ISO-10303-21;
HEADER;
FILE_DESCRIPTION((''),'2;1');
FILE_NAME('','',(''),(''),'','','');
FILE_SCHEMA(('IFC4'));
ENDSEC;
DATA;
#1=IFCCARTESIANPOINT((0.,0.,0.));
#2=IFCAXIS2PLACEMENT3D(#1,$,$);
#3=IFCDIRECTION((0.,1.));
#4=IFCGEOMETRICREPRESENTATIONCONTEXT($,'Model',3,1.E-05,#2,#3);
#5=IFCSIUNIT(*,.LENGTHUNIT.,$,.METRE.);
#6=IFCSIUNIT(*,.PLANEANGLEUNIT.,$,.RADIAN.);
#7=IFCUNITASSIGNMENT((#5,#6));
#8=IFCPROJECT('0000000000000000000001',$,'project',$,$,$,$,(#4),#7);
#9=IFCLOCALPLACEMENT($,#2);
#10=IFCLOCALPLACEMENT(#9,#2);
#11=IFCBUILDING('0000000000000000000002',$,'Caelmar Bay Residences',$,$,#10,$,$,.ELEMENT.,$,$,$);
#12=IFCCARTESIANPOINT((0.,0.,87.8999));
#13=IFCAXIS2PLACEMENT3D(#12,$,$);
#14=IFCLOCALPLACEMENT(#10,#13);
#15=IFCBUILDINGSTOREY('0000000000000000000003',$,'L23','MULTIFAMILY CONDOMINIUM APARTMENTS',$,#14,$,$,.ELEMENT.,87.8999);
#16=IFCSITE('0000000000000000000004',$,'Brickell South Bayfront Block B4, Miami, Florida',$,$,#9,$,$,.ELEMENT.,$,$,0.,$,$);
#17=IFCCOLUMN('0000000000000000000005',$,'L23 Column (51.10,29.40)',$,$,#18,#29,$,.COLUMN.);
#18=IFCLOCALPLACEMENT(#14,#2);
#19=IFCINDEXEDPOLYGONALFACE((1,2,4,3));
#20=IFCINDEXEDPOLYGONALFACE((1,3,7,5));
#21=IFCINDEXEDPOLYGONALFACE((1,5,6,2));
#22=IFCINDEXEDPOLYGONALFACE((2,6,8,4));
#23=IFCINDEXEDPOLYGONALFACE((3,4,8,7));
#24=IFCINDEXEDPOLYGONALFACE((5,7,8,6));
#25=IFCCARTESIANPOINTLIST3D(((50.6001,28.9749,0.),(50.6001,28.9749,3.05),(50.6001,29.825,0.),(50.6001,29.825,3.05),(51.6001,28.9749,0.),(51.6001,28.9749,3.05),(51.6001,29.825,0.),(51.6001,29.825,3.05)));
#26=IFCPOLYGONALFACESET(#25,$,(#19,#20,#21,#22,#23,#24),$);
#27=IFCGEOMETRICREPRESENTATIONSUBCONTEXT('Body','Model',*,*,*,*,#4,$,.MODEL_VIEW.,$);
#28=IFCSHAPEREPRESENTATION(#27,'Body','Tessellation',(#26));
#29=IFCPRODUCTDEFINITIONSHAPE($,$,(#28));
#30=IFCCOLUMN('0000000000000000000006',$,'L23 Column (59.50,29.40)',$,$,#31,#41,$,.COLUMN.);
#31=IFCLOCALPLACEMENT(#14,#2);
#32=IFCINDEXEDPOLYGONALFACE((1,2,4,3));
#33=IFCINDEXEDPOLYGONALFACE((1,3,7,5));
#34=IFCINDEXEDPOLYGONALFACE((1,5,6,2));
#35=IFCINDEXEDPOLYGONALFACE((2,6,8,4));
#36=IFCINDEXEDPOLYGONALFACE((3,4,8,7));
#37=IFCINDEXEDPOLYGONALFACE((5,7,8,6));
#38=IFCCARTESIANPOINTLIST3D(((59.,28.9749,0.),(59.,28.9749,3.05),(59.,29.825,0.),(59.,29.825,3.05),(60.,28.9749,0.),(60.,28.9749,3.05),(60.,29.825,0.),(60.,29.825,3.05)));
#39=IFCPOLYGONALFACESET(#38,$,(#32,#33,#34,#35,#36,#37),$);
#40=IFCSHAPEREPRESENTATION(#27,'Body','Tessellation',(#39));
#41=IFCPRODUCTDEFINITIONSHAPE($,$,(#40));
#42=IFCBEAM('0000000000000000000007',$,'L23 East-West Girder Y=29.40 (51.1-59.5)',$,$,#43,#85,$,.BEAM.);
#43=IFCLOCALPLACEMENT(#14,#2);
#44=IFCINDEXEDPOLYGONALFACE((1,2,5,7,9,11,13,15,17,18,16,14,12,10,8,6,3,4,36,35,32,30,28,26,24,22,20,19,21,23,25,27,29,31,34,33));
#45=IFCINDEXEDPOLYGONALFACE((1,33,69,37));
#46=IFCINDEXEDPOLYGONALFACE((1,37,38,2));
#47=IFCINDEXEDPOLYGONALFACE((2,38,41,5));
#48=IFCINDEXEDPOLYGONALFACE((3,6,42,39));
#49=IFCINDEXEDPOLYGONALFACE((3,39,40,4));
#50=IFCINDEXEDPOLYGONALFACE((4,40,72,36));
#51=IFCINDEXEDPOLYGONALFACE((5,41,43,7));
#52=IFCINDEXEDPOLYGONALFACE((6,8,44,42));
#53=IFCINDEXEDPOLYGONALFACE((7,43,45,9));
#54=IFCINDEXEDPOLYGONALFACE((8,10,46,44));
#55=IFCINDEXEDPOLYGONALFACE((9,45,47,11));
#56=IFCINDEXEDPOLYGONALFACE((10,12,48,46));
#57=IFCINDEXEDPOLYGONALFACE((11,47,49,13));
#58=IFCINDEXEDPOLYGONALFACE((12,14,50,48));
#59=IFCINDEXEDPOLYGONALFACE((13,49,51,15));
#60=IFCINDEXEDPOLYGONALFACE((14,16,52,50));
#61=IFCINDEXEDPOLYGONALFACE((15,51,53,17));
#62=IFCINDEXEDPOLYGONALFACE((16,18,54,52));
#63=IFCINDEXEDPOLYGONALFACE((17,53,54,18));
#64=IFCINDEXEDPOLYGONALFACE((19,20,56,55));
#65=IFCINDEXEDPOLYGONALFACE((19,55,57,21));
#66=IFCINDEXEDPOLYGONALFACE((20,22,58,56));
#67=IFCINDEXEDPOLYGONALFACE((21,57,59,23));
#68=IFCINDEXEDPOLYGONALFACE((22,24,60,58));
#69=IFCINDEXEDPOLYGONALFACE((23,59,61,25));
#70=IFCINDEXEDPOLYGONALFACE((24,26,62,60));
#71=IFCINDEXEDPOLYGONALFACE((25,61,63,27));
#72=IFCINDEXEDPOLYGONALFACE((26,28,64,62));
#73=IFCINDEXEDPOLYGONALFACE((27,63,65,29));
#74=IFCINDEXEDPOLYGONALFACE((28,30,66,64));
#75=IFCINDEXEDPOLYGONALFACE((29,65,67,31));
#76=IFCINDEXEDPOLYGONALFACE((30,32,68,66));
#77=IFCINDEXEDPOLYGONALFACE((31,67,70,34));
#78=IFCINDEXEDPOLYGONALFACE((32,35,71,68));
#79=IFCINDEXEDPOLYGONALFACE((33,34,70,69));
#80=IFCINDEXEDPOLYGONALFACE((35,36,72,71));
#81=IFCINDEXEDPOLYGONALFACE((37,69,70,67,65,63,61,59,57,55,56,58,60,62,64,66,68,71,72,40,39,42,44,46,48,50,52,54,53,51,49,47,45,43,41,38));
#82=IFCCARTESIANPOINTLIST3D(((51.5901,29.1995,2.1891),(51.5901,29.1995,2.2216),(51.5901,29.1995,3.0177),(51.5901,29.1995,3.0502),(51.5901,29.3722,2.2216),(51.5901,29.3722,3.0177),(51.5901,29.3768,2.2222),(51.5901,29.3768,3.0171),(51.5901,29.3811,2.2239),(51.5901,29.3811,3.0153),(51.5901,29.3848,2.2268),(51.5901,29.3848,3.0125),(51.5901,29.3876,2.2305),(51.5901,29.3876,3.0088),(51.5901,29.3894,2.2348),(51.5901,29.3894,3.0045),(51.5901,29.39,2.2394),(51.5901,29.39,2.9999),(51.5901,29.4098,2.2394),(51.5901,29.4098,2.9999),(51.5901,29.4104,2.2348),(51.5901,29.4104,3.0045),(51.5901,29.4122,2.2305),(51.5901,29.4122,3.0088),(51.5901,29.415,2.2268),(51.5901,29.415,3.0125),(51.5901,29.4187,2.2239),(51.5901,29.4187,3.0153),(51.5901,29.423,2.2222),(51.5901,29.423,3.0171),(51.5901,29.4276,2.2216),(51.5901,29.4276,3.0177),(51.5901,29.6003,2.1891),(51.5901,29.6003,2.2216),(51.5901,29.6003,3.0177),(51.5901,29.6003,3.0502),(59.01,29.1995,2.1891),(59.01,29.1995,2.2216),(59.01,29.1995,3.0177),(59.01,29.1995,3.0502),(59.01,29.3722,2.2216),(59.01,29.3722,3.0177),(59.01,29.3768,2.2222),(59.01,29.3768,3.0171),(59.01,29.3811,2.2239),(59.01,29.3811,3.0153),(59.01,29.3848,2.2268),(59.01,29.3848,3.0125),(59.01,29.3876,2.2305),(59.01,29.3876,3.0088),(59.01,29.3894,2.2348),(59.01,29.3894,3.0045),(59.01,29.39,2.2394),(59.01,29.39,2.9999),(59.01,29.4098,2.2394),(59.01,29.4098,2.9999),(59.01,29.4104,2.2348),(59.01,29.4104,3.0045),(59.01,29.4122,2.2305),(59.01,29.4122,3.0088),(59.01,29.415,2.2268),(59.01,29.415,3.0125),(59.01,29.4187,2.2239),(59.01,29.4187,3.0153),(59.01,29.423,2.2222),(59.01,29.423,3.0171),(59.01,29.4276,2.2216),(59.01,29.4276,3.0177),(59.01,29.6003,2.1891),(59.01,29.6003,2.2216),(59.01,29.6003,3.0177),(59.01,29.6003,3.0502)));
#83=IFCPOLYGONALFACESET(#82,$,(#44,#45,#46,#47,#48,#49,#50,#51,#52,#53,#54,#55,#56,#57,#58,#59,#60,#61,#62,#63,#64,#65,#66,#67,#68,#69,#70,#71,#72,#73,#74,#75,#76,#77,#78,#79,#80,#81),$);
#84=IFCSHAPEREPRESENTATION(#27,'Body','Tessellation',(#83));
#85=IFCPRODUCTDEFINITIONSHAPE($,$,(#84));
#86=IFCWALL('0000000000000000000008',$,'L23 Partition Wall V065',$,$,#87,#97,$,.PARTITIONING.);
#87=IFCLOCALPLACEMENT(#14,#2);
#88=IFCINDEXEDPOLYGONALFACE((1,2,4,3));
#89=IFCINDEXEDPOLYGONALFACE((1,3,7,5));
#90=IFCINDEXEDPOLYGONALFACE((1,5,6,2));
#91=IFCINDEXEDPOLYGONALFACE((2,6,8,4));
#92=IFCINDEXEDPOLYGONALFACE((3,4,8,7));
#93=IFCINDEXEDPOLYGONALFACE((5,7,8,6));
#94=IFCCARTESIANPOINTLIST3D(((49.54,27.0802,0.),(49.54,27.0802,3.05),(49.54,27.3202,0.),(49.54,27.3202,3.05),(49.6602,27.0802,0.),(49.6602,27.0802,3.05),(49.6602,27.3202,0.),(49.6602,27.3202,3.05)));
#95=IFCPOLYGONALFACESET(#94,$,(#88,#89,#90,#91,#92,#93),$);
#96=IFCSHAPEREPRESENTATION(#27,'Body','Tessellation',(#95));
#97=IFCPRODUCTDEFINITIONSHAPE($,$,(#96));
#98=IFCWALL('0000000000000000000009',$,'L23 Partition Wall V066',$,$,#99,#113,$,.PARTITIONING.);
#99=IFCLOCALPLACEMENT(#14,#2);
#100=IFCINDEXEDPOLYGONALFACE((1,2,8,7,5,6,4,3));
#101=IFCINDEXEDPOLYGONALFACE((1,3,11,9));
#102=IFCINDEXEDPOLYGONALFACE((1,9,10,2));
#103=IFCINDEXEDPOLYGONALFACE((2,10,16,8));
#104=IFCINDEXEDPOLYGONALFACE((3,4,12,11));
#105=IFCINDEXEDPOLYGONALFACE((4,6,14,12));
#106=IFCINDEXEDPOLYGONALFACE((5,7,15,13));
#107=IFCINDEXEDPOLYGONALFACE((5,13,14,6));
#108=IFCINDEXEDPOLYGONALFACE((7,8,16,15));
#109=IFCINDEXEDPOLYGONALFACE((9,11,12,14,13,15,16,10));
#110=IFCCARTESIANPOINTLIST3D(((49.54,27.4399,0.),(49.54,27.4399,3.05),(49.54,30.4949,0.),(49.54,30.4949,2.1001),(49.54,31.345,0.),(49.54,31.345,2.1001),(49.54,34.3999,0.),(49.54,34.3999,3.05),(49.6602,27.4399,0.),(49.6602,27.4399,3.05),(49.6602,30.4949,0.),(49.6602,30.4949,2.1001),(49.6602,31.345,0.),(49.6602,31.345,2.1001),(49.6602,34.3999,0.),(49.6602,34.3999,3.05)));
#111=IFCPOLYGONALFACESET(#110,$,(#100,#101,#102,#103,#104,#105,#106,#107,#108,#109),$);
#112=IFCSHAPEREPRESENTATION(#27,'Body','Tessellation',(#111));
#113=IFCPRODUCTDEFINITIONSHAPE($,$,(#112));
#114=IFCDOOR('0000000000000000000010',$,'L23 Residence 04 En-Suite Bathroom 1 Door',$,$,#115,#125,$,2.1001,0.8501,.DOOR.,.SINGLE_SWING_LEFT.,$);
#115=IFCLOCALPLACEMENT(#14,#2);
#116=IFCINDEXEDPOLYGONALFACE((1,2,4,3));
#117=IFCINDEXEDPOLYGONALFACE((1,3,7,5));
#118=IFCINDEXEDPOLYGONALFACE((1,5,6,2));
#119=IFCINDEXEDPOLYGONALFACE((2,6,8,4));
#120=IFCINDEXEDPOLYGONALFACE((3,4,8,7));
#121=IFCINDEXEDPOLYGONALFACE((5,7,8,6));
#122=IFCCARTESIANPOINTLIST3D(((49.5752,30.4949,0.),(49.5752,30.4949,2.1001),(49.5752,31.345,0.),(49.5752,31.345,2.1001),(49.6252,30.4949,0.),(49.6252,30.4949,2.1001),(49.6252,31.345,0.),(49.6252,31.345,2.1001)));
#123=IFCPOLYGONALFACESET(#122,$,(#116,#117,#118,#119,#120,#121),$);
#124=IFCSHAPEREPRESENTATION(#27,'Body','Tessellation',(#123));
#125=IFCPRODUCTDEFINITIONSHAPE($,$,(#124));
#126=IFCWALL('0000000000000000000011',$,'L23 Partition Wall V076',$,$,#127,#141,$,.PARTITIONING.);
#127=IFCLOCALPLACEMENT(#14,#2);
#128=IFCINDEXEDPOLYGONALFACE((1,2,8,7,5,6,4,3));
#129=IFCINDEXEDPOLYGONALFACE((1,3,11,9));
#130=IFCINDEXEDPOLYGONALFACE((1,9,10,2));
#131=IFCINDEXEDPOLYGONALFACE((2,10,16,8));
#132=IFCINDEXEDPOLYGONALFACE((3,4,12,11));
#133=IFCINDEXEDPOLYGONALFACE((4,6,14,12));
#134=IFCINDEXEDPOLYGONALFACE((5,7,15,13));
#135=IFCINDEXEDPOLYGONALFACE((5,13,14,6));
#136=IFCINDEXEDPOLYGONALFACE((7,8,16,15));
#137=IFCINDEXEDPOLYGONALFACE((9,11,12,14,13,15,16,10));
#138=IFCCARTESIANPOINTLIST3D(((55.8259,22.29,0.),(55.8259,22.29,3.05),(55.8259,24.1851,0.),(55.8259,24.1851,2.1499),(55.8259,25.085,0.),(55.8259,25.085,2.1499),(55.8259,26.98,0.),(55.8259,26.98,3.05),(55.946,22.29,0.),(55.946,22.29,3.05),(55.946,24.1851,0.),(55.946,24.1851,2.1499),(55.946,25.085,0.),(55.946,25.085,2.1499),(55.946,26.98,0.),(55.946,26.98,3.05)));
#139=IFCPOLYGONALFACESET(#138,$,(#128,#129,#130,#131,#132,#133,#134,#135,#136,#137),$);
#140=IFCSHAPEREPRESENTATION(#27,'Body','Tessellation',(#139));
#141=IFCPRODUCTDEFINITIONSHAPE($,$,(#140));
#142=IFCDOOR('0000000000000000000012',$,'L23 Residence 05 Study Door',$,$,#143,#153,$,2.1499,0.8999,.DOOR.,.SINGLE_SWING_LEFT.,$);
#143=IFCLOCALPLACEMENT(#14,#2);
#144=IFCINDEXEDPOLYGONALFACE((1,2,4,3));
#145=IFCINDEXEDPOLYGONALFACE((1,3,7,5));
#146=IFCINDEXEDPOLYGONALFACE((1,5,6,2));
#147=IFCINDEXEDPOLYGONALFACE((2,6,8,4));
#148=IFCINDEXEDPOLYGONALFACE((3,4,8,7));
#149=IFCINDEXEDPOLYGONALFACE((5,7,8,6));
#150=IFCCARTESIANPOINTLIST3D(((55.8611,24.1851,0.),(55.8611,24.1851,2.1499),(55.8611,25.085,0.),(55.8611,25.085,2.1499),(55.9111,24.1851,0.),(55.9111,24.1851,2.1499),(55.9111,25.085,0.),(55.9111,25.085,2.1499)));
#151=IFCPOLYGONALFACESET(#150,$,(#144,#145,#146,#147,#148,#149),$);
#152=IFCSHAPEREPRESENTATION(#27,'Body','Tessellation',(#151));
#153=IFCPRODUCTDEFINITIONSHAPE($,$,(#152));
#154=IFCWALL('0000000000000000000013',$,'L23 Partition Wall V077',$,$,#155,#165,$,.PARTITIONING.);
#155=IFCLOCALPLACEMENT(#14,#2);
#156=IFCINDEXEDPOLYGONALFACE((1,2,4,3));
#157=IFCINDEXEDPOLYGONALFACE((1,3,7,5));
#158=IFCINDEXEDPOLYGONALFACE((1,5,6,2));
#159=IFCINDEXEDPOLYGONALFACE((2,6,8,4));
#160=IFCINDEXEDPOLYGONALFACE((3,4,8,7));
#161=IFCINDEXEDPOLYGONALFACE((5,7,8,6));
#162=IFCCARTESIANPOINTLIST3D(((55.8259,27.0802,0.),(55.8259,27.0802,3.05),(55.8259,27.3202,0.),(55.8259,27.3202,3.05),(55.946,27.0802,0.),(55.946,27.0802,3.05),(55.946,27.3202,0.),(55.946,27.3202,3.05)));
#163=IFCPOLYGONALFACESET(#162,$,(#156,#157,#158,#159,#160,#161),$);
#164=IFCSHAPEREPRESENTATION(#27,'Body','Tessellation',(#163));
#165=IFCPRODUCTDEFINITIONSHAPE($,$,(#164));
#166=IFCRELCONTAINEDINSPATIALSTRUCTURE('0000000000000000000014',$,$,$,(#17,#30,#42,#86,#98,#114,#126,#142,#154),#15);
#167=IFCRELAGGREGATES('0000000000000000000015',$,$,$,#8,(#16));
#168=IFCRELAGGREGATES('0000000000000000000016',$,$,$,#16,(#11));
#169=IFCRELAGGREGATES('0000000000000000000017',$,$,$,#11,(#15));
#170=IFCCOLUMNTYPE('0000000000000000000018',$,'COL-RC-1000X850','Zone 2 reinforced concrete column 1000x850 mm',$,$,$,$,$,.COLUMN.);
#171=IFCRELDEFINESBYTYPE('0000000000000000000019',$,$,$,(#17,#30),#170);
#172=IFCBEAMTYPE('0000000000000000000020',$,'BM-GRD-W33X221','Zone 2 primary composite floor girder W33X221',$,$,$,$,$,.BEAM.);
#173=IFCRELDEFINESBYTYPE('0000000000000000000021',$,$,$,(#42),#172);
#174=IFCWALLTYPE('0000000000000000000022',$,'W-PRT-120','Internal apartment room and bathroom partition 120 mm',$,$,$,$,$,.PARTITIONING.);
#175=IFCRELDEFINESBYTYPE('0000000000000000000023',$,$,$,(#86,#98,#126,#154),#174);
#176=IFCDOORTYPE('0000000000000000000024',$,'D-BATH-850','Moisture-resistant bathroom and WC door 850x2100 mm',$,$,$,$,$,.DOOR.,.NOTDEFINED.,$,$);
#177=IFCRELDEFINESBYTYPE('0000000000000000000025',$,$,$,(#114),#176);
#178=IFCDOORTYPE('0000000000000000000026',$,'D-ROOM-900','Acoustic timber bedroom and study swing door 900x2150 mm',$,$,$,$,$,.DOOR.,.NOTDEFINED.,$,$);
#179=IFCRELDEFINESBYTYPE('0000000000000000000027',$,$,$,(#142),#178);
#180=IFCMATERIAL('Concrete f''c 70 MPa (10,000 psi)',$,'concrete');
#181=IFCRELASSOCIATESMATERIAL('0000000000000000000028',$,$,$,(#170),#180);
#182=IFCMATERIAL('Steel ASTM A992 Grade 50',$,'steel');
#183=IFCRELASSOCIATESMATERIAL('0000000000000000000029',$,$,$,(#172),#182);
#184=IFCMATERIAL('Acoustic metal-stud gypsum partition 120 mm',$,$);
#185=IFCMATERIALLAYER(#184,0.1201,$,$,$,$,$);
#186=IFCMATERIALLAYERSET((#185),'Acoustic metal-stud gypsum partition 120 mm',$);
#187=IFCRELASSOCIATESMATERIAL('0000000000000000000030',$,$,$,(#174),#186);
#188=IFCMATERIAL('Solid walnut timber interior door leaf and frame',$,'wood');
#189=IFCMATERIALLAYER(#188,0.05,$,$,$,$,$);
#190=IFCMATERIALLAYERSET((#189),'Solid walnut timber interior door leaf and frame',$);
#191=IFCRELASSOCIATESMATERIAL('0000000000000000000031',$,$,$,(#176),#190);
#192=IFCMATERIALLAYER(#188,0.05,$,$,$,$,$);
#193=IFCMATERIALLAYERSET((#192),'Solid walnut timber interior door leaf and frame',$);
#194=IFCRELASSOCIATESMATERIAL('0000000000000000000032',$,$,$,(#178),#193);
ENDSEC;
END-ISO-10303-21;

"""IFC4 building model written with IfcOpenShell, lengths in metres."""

from ifc_helpers import new_model, si_unit, direction, frame, frame_2d, origin, origin_2d, place, context, subcontext, project, spatial, rectangle, i_section, extrude, material, layer, layer_set, material_profile, profile_set, type_object, element, fill, save


model = new_model("IFC4")

# Units and contexts
model_context = context("Model", 3, precision=1e-05, world=origin(), true_north=direction((0.0, 1.0)))
body_context = subcontext(model_context, "Body", "Model", "MODEL_VIEW")
ifc_project = project(units=[si_unit("LENGTHUNIT", "METRE"), si_unit("PLANEANGLEUNIT", "RADIAN")], contexts=[model_context])

# Site, building, storey
site_placement = place(None, origin())
site = spatial("IfcSite", under=ifc_project, at=site_placement, Name="Brickell South Bayfront Block B4, Miami, Florida", CompositionType="ELEMENT", RefElevation=0.0)
building_placement = place(site_placement, origin())
building = spatial("IfcBuilding", under=site, at=building_placement, Name="Caelmar Bay Residences", CompositionType="ELEMENT")
storey_placement = place(building_placement, frame((0.0, 0.0, 87.8999)))
storey = spatial("IfcBuildingStorey", under=building, at=storey_placement, Name="L23", Description="MULTIFAMILY CONDOMINIUM APARTMENTS", CompositionType="ELEMENT", Elevation=87.8999)

# Columns
ifc_material_1 = material(Name="Concrete f'c 70 MPa (10,000 psi)", Category="concrete")
ifc_material_profile_1 = material_profile(ifc_material_1, rectangle(XDim=1.0, YDim=0.8501, at=origin_2d()), Name="RC-COL-1000X850")
ifc_profile_set_1 = profile_set([ifc_material_profile_1], Name="Concrete f'c 70 MPa (10,000 psi)")
column_type = type_object("IfcColumnType", Name="COL-RC-1000X850", Description="Zone 2 reinforced concrete column 1000x850 mm", PredefinedType="COLUMN", material=ifc_profile_set_1)
for number, where, z_axis, x_axis, name in (
    (1, (51.1001, 29.3999, 0.0), (0.0, 0.0, 1.0), (1.0, 0.0, 0.0), "L23 Column (51.10,29.40)"),
    (2, (59.5, 29.3999, 0.0), (0.0, 0.0, 1.0), (1.0, 0.0, 0.0), "L23 Column (59.50,29.40)"),
):
    element("IfcColumn", number, at=place(storey_placement, frame(where, z_axis=z_axis, x_axis=x_axis)), inside=storey, type_object=column_type, Name=name, PredefinedType="COLUMN", context=body_context, shape_type="SweptSolid", body=[
        extrude(rectangle(XDim=1.0, YDim=0.8501, at=origin_2d()), origin(), (0.0, 0.0, 1.0), 3.05),
    ])

# Beam
ifc_material_2 = material(Name="Steel ASTM A992 Grade 50", Category="steel")
ifc_material_profile_2 = material_profile(ifc_material_2, i_section(OverallWidth=0.4009, OverallDepth=0.8611, WebThickness=0.0198, FlangeThickness=0.0325, FilletRadius=0.0178, at=origin_2d()), Name="W33X221")
ifc_profile_set_2 = profile_set([ifc_material_profile_2], Name="Steel ASTM A992 Grade 50")
beam_type = type_object("IfcBeamType", Name="BM-GRD-W33X221", Description="Zone 2 primary composite floor girder W33X221", PredefinedType="BEAM", material=ifc_profile_set_2)
beam_placement = place(storey_placement, frame((51.5901, 29.3999, 2.6196), z_axis=(1.0, 0.0, 0.0), x_axis=(0.0, 1.0, 0.0)))
element("IfcBeam", 3, at=beam_placement, inside=storey, type_object=beam_type, Name="L23 East-West Girder Y=29.40 (51.1-59.5)", PredefinedType="BEAM", context=body_context, shape_type="SweptSolid", body=[
    extrude(i_section(OverallWidth=0.4009, OverallDepth=0.8611, WebThickness=0.0198, FlangeThickness=0.0325, FilletRadius=0.0178, at=origin_2d()), origin(), (0.0, 0.0, 1.0), 7.4199),
])

# Wall
ifc_material_3 = material(Name="Acoustic metal-stud gypsum partition 120 mm")
ifc_layer_1 = layer(ifc_material_3, 0.1201)
ifc_layer_set_1 = layer_set([ifc_layer_1], Name="Acoustic metal-stud gypsum partition 120 mm")
wall_type_1 = type_object("IfcWallType", Name="W-PRT-120", Description="Internal apartment room and bathroom partition 120 mm", PredefinedType="PARTITIONING", material=ifc_layer_set_1)
wall_1_placement = place(storey_placement, frame((49.6001, 27.0801, 0.0), z_axis=(0.0, 0.0, 1.0), x_axis=(0.0, 1.0, 0.0)))
element("IfcWall", 4, at=wall_1_placement, inside=storey, type_object=wall_type_1, Name="L23 Partition Wall V065", PredefinedType="PARTITIONING", context=body_context, shape_type="SweptSolid", body=[
    extrude(rectangle(XDim=0.24, YDim=0.1201, at=frame_2d((0.1201, 0.0))), origin(), (0.0, 0.0, 1.0), 3.05),
])

# Walls, openings, doors
wall_2_placement = place(storey_placement, frame((49.6001, 27.4399, 0.0), z_axis=(0.0, 0.0, 1.0), x_axis=(0.0, 1.0, 0.0)))
wall_2 = element("IfcWall", 5, at=wall_2_placement, inside=storey, type_object=wall_type_1, Name="L23 Partition Wall V066", PredefinedType="PARTITIONING", context=body_context, shape_type="SweptSolid", body=[
    extrude(rectangle(XDim=6.96, YDim=0.1201, at=frame_2d((3.48, 0.0))), origin(), (0.0, 0.0, 1.0), 3.05),
])
opening_1_placement = place(wall_2_placement, frame((3.0549, 0.0, 0.0)))
opening_1 = element("IfcOpeningElement", 6, at=opening_1_placement, cuts=wall_2, PredefinedType="OPENING", context=body_context, shape_type="SweptSolid", body=[
    extrude(rectangle(XDim=0.8501, YDim=2.1001, at=frame_2d((0.425, 1.05))), frame((0.0, 0.0701, 0.0), z_axis=(0.0, -1.0, 0.0), x_axis=(1.0, 0.0, 0.0)), (0.0, 0.0, 1.0), 0.1401),
])
ifc_material_4 = material(Name="Solid walnut timber interior door leaf and frame", Category="wood")
ifc_layer_2 = layer(ifc_material_4, 0.05)
ifc_layer_set_2 = layer_set([ifc_layer_2], Name="Solid walnut timber interior door leaf and frame")
door_type_1 = type_object("IfcDoorType", Name="D-BATH-850", Description="Moisture-resistant bathroom and WC door 850x2100 mm", OperationType="NOTDEFINED", PredefinedType="DOOR", material=ifc_layer_set_2)
door_1_placement = place(opening_1_placement, origin())
door_1 = element("IfcDoor", 7, at=door_1_placement, inside=storey, type_object=door_type_1, Name="L23 Residence 04 En-Suite Bathroom 1 Door", OperationType="SINGLE_SWING_LEFT", OverallHeight=2.1001, OverallWidth=0.8501, PredefinedType="DOOR", context=body_context, shape_type="SweptSolid", body=[
    extrude(rectangle(XDim=0.8501, YDim=2.1001, at=frame_2d((0.425, 1.05))), frame((0.0, 0.0249, 0.0), z_axis=(0.0, -1.0, 0.0), x_axis=(1.0, 0.0, 0.0)), (0.0, 0.0, 1.0), 0.05),
])
fill(opening_1, door_1)
wall_3_placement = place(storey_placement, frame((55.886, 22.29, 0.0), z_axis=(0.0, 0.0, 1.0), x_axis=(0.0, 1.0, 0.0)))
wall_3 = element("IfcWall", 8, at=wall_3_placement, inside=storey, type_object=wall_type_1, Name="L23 Partition Wall V076", PredefinedType="PARTITIONING", context=body_context, shape_type="SweptSolid", body=[
    extrude(rectangle(XDim=4.6899, YDim=0.1201, at=frame_2d((2.345, 0.0))), origin(), (0.0, 0.0, 1.0), 3.05),
])
opening_2_placement = place(wall_3_placement, frame((1.895, 0.0, 0.0)))
opening_2 = element("IfcOpeningElement", 9, at=opening_2_placement, cuts=wall_3, PredefinedType="OPENING", context=body_context, shape_type="SweptSolid", body=[
    extrude(rectangle(XDim=0.8999, YDim=2.1499, at=frame_2d((0.45, 1.075))), frame((0.0, 0.0701, 0.0), z_axis=(0.0, -1.0, 0.0), x_axis=(1.0, 0.0, 0.0)), (0.0, 0.0, 1.0), 0.1401),
])
ifc_layer_3 = layer(ifc_material_4, 0.05)
ifc_layer_set_3 = layer_set([ifc_layer_3], Name="Solid walnut timber interior door leaf and frame")
door_type_2 = type_object("IfcDoorType", Name="D-ROOM-900", Description="Acoustic timber bedroom and study swing door 900x2150 mm", OperationType="NOTDEFINED", PredefinedType="DOOR", material=ifc_layer_set_3)
door_2_placement = place(opening_2_placement, origin())
door_2 = element("IfcDoor", 10, at=door_2_placement, inside=storey, type_object=door_type_2, Name="L23 Residence 05 Study Door", OperationType="SINGLE_SWING_LEFT", OverallHeight=2.1499, OverallWidth=0.8999, PredefinedType="DOOR", context=body_context, shape_type="SweptSolid", body=[
    extrude(rectangle(XDim=0.8999, YDim=2.1499, at=frame_2d((0.45, 1.075))), frame((0.0, 0.0249, 0.0), z_axis=(0.0, -1.0, 0.0), x_axis=(1.0, 0.0, 0.0)), (0.0, 0.0, 1.0), 0.05),
])
fill(opening_2, door_2)

# Wall
wall_4_placement = place(storey_placement, frame((55.886, 27.0801, 0.0), z_axis=(0.0, 0.0, 1.0), x_axis=(0.0, 1.0, 0.0)))
element("IfcWall", 11, at=wall_4_placement, inside=storey, type_object=wall_type_1, Name="L23 Partition Wall V077", PredefinedType="PARTITIONING", context=body_context, shape_type="SweptSolid", body=[
    extrude(rectangle(XDim=0.24, YDim=0.1201, at=frame_2d((0.1201, 0.0))), origin(), (0.0, 0.0, 1.0), 3.05),
])

save(model, "model.ifc")
